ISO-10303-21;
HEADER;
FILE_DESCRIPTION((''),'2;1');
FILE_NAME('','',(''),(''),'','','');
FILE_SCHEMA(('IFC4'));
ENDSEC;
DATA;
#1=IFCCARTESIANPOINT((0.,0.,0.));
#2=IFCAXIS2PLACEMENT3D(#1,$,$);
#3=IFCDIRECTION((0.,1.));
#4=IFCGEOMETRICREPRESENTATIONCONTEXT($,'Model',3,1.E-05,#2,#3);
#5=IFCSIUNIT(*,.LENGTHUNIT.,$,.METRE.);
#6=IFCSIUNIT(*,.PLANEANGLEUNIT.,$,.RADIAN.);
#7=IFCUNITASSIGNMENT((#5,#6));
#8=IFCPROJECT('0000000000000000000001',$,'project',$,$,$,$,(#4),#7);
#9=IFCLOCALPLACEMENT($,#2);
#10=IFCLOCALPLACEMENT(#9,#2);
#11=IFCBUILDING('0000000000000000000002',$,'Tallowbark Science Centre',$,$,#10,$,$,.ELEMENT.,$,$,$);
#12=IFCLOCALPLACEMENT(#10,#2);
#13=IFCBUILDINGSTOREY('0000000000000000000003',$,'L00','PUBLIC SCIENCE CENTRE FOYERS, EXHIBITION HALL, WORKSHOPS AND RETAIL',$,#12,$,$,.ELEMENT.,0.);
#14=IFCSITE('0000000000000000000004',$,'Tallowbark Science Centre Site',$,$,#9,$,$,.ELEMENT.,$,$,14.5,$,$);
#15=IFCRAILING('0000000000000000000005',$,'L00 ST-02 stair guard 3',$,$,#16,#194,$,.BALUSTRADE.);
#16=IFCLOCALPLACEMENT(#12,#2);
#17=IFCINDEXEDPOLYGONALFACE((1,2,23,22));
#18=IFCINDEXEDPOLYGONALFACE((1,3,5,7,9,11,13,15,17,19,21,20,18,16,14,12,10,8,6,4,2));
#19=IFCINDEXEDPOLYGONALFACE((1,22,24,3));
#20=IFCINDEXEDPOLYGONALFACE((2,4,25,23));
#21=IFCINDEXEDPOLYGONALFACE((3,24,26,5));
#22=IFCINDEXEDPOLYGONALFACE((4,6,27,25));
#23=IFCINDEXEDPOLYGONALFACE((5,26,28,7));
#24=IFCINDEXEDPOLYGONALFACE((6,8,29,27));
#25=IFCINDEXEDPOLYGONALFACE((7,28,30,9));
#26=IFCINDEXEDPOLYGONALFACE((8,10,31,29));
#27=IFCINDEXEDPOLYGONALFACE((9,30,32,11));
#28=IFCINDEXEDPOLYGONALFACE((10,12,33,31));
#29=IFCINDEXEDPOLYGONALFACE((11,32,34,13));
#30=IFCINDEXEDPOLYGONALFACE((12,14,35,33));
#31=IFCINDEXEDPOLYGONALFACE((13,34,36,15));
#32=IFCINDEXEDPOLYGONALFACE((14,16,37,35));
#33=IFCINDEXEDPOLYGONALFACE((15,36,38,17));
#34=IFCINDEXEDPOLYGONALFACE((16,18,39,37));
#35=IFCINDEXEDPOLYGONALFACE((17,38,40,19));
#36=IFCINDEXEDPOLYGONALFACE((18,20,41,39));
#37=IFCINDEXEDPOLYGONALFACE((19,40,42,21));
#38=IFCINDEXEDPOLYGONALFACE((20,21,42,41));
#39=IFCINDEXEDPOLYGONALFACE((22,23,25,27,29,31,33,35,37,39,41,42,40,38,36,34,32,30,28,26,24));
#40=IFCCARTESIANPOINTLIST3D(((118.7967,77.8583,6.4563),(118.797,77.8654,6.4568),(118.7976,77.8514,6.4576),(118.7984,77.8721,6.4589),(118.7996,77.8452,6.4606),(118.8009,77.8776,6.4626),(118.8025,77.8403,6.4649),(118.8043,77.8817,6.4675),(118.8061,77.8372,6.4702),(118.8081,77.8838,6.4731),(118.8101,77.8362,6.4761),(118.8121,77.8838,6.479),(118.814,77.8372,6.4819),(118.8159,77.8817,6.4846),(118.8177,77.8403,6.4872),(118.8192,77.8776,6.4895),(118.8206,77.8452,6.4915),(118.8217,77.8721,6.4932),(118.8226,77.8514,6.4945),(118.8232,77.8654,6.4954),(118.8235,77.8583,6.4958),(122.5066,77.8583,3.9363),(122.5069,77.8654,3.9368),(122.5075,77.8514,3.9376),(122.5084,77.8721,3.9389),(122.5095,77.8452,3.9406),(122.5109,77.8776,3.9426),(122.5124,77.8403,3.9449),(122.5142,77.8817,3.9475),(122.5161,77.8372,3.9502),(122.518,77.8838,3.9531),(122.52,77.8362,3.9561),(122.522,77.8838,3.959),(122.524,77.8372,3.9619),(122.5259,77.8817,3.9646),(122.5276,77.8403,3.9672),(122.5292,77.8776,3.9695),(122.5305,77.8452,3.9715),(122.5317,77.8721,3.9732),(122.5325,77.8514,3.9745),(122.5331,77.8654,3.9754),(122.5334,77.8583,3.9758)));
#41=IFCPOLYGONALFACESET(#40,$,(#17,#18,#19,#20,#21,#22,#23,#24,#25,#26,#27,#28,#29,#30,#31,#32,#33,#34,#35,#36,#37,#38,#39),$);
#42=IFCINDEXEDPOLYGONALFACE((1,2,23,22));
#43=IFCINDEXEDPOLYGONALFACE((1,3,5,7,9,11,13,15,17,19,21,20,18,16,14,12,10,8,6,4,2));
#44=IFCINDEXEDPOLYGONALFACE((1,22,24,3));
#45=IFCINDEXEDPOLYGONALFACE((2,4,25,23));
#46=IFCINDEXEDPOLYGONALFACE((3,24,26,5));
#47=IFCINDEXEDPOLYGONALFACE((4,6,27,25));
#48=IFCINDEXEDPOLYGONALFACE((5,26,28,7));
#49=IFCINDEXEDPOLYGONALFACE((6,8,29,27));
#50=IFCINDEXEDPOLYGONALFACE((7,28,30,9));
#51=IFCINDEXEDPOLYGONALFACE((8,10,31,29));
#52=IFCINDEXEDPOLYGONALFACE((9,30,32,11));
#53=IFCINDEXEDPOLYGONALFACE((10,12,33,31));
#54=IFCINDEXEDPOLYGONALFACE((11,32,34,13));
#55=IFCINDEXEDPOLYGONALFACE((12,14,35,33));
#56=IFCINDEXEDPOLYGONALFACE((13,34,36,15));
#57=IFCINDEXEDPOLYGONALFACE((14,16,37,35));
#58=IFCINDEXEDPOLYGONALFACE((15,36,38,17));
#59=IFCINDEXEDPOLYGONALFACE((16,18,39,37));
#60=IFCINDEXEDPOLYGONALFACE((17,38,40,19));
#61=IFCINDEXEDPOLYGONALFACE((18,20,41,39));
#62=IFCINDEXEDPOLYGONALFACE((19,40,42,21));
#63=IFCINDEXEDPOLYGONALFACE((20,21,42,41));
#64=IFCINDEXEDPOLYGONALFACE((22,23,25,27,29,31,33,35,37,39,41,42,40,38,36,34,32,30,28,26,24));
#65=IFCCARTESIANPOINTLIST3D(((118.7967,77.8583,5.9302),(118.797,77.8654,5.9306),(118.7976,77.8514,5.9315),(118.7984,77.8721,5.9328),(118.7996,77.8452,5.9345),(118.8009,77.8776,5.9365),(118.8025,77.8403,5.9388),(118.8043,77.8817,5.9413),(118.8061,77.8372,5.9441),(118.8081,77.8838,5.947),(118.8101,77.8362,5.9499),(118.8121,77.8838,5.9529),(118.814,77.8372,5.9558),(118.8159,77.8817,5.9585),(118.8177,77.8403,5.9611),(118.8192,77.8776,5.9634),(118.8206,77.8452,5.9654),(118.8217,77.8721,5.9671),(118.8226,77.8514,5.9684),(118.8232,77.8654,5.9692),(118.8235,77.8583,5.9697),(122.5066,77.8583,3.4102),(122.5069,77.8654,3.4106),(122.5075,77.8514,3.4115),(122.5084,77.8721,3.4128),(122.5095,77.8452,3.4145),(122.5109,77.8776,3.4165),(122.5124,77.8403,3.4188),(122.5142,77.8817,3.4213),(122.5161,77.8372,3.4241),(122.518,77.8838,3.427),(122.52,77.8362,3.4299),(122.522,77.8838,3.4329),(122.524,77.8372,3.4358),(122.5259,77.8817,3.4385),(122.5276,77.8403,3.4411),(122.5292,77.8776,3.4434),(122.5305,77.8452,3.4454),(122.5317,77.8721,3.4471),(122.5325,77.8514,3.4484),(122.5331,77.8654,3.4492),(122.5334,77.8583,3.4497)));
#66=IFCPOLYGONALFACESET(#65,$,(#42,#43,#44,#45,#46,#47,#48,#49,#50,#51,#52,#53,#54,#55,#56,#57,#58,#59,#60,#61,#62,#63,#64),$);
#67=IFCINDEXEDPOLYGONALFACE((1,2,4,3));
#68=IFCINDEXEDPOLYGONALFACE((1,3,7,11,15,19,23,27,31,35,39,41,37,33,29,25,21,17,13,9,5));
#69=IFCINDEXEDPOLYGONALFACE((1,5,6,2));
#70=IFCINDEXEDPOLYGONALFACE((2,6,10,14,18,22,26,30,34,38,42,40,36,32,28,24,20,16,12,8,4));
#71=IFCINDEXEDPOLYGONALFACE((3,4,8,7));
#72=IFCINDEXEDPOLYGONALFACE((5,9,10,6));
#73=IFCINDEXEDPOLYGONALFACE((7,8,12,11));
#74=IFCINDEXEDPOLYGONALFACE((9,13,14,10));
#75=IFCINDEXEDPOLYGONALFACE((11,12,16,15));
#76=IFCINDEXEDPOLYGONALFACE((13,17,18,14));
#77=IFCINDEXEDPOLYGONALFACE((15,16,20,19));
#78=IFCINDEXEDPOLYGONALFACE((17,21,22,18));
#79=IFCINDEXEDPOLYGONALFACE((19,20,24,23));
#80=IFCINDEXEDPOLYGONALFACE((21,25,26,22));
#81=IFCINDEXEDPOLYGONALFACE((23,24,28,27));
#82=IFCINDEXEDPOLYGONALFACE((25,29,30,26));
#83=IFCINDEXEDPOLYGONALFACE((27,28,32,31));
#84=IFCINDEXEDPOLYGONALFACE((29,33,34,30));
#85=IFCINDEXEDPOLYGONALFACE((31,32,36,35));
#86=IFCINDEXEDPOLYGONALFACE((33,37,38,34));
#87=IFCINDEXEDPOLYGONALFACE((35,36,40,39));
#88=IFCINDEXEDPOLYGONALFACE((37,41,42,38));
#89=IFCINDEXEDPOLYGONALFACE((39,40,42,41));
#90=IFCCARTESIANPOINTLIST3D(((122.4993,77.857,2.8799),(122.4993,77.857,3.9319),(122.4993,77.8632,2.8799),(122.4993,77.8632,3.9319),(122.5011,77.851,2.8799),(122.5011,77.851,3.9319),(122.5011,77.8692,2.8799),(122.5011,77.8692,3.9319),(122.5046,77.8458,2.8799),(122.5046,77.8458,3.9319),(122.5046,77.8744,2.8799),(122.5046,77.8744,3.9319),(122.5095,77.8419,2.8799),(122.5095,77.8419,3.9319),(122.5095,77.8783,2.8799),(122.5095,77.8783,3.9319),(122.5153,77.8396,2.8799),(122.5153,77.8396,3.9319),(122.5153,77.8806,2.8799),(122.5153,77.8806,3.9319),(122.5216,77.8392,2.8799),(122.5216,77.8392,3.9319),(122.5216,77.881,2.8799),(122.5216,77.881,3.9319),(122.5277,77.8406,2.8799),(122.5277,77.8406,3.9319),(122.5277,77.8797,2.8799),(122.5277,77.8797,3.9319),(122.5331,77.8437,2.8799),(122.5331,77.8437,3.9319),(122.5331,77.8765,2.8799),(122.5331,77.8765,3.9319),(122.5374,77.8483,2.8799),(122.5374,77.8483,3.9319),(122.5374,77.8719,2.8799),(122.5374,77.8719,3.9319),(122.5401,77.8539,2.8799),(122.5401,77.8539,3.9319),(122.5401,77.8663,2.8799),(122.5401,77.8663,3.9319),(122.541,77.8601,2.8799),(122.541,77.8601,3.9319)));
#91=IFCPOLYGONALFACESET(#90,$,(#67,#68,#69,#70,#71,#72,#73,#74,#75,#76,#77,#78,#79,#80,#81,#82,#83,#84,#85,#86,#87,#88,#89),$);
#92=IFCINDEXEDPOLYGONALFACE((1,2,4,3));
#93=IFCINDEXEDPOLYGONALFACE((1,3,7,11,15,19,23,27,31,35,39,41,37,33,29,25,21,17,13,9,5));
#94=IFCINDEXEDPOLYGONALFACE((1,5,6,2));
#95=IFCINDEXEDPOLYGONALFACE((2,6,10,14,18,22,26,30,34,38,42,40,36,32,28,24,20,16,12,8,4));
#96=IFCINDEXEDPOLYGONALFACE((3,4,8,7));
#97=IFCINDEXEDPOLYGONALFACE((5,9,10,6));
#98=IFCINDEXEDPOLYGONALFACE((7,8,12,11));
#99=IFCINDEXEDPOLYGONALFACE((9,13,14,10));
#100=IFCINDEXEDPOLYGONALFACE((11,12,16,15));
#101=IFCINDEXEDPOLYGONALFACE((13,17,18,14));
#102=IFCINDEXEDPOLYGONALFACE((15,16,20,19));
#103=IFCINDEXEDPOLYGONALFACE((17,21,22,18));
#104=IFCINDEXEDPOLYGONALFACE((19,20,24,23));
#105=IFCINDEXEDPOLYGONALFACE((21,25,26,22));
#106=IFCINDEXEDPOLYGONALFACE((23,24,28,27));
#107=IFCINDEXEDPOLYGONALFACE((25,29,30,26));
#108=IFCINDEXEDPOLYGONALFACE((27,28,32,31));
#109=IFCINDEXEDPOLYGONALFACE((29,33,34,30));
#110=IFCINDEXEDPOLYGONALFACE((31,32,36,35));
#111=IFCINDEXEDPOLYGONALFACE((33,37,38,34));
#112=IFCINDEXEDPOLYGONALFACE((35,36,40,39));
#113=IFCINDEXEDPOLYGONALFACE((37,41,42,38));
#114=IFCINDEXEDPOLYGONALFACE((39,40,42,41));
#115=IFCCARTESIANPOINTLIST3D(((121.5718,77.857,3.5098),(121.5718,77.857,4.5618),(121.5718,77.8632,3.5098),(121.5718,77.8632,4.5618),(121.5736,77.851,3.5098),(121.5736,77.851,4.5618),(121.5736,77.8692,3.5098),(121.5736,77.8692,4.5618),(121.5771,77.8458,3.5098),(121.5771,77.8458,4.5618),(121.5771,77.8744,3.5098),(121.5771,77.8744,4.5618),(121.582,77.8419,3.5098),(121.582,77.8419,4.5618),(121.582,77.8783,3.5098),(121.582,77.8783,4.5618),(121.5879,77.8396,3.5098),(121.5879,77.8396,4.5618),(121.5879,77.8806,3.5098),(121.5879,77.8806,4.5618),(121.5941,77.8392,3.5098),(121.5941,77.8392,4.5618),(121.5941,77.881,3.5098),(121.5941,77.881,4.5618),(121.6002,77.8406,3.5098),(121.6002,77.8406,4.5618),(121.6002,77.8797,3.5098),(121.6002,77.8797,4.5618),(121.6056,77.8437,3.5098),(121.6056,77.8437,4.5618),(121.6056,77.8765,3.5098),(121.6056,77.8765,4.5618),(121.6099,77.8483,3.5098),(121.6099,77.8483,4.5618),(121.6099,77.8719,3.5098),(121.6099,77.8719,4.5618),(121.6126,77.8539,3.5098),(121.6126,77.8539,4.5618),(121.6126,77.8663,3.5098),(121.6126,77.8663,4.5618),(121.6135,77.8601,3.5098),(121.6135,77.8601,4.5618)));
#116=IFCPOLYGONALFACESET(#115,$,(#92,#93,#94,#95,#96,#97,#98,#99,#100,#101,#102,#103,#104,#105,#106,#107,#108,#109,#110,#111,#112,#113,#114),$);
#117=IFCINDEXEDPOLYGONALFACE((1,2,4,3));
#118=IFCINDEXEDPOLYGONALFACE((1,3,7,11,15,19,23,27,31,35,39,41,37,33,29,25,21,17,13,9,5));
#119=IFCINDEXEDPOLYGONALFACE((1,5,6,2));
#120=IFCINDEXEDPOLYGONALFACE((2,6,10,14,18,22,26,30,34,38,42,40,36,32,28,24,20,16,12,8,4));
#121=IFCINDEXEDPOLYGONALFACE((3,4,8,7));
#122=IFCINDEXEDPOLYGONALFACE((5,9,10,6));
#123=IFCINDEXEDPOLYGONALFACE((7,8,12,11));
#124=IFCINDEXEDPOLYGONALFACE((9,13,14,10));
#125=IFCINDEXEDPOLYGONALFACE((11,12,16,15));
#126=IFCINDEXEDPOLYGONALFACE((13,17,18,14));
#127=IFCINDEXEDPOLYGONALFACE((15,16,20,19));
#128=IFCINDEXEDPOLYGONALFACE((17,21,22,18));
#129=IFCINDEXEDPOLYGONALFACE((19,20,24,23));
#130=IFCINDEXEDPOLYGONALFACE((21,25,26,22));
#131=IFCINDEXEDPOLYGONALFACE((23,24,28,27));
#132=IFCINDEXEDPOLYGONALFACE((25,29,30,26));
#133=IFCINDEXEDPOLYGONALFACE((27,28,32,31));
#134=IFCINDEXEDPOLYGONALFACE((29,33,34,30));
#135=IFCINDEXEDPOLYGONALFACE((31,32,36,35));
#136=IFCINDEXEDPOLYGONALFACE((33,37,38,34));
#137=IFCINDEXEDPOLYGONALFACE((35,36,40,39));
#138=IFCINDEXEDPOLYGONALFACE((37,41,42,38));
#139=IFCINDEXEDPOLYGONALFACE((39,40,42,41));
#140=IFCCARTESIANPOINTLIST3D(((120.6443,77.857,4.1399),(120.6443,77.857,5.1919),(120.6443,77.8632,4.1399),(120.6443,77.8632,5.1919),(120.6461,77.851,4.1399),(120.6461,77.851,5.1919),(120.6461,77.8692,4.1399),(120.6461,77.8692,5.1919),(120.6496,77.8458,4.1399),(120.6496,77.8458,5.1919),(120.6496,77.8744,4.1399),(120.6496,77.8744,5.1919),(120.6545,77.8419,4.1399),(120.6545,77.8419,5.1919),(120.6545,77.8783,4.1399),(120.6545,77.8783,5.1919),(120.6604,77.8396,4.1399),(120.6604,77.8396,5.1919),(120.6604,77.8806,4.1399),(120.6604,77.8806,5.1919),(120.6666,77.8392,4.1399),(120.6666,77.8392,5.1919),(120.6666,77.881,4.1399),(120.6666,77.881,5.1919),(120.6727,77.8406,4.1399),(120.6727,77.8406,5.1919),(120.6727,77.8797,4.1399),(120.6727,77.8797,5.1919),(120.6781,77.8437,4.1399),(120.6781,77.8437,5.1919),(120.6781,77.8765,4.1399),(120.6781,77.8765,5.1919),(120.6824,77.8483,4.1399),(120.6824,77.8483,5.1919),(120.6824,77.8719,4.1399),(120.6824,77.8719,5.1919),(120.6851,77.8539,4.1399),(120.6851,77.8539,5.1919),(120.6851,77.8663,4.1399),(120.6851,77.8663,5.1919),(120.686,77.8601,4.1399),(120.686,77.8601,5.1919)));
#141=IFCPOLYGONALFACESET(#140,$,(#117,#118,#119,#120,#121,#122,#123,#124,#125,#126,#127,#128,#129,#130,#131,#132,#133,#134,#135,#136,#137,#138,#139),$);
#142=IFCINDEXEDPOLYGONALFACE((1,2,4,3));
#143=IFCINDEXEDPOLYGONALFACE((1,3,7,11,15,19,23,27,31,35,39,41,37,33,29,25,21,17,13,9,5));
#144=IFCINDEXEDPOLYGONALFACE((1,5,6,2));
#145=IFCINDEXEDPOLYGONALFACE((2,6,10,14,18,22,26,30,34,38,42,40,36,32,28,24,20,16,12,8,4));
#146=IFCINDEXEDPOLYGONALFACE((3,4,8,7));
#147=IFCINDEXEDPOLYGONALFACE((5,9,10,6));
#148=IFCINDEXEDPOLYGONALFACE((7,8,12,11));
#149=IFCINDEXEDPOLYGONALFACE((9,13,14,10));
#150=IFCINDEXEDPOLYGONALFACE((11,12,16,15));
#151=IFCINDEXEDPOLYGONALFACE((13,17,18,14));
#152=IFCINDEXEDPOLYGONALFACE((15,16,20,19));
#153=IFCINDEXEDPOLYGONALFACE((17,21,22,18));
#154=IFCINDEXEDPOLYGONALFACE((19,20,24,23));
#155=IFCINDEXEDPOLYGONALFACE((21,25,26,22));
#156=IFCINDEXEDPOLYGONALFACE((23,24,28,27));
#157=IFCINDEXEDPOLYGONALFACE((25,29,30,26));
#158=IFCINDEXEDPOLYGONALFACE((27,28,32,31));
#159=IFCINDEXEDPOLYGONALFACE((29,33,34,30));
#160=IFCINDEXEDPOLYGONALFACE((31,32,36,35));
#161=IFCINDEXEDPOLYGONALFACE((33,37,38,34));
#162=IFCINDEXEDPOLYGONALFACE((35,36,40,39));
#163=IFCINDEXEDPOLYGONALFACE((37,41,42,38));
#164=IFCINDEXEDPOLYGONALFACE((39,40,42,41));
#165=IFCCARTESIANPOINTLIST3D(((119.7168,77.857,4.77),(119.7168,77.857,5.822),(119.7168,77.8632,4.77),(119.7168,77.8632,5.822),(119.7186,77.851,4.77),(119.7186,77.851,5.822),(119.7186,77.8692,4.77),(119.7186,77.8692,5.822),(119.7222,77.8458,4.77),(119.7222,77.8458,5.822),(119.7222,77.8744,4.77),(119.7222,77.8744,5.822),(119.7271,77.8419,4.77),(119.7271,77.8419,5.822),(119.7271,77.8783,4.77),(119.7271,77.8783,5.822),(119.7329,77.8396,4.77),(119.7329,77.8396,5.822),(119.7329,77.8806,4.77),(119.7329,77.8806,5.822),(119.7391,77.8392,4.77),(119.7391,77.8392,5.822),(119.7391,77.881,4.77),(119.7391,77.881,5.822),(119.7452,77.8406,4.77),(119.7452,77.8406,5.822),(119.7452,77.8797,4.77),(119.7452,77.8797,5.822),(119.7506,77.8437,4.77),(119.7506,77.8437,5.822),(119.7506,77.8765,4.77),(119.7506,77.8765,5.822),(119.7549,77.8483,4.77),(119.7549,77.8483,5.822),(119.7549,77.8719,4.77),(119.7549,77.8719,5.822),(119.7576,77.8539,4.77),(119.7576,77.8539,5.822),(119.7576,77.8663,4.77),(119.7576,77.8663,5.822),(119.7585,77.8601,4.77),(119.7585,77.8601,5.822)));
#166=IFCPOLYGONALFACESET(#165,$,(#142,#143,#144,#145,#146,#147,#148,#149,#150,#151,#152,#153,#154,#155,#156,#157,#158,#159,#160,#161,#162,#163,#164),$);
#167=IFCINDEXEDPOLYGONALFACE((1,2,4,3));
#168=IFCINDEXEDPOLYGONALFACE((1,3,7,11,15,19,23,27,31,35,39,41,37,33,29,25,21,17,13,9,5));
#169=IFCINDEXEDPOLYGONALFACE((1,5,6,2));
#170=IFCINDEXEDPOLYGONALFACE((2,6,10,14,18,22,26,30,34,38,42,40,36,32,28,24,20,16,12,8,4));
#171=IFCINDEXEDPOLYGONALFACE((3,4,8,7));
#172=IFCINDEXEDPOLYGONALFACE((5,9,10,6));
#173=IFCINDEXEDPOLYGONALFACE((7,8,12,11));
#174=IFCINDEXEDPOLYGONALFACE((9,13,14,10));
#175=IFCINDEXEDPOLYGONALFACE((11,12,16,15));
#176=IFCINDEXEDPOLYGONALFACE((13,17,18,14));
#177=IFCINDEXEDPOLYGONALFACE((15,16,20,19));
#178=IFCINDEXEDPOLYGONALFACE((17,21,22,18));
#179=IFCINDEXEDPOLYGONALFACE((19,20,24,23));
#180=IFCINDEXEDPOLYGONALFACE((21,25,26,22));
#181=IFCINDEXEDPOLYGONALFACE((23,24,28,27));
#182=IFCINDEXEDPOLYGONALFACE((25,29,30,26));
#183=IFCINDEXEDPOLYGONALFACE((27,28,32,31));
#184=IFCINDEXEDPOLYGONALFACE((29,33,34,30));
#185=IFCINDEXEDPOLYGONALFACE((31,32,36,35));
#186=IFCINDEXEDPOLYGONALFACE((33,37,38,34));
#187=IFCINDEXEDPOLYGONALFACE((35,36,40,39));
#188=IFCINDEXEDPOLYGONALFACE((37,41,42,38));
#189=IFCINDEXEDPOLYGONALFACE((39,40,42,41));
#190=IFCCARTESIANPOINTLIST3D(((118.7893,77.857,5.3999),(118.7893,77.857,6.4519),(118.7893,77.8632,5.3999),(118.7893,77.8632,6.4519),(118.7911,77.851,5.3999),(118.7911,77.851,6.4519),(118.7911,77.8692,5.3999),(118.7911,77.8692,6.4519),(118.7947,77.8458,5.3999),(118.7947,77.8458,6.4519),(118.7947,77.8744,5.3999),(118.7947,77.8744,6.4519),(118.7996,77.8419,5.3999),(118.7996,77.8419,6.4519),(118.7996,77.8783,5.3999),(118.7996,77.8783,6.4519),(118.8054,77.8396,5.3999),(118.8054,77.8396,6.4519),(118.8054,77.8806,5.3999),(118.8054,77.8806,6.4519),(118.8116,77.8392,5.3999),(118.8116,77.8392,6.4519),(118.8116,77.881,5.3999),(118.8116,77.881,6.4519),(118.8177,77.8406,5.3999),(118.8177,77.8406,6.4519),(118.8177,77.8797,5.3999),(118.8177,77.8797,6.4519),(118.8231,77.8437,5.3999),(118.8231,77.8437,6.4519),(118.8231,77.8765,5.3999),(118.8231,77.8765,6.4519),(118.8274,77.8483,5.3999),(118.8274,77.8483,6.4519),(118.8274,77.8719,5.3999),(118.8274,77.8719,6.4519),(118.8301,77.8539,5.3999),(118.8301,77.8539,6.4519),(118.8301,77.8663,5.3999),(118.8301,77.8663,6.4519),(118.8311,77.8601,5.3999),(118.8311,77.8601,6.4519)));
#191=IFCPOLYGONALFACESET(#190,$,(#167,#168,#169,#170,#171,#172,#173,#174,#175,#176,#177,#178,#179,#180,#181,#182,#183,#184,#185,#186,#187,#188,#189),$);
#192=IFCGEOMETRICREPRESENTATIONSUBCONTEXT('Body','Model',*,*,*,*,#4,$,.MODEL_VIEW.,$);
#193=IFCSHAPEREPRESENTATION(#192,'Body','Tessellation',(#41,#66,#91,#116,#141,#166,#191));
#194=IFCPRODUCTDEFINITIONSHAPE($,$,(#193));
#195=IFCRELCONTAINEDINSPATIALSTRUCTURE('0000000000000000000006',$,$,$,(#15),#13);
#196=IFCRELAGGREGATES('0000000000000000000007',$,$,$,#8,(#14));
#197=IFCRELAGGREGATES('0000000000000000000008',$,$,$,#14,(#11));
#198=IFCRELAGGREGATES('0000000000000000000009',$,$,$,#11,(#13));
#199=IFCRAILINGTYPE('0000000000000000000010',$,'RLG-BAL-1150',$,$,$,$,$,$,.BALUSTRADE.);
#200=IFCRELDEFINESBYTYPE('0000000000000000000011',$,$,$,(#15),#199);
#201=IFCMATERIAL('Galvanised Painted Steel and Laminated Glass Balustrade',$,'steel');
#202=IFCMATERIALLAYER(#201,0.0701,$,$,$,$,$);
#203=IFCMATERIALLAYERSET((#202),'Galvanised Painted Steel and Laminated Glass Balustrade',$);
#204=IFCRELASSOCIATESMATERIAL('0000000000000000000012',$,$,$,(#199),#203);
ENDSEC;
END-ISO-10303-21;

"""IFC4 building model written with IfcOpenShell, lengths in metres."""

from ifc_helpers import new_model, si_unit, direction, frame, origin, origin_2d, place, context, subcontext, project, spatial, circle, extrude, material, layer, layer_set, type_object, element, save


model = new_model("IFC4")

# Units and contexts
model_context = context("Model", 3, precision=1e-05, world=origin(), true_north=direction((0.0, 1.0)))
body_context = subcontext(model_context, "Body", "Model", "MODEL_VIEW")
ifc_project = project(units=[si_unit("LENGTHUNIT", "METRE"), si_unit("PLANEANGLEUNIT", "RADIAN")], contexts=[model_context])

# Site, building, storey
site_placement = place(None, origin())
site = spatial("IfcSite", under=ifc_project, at=site_placement, Name="Tallowbark Science Centre Site", CompositionType="ELEMENT", RefElevation=14.5)
building_placement = place(site_placement, origin())
building = spatial("IfcBuilding", under=site, at=building_placement, Name="Tallowbark Science Centre", CompositionType="ELEMENT")
storey_placement = place(building_placement, origin())
storey = spatial("IfcBuildingStorey", under=building, at=storey_placement, Name="L00", Description="PUBLIC SCIENCE CENTRE FOYERS, EXHIBITION HALL, WORKSHOPS AND RETAIL", CompositionType="ELEMENT", Elevation=0.0)

# Railing
ifc_material_1 = material(Name="Galvanised Painted Steel and Laminated Glass Balustrade", Category="steel")
ifc_layer_1 = layer(ifc_material_1, 0.0701)
ifc_layer_set_1 = layer_set([ifc_layer_1], Name="Galvanised Painted Steel and Laminated Glass Balustrade")
railing_type_1 = type_object("IfcRailingType", Name="RLG-BAL-1150", PredefinedType="BALUSTRADE", material=ifc_layer_set_1)
railing_1_placement = place(storey_placement, frame((122.52, 77.8601, 2.8799)))
element("IfcRailing", 1, at=railing_1_placement, inside=storey, type_object=railing_type_1, Name="L00 ST-02 stair guard 3", PredefinedType="BALUSTRADE", context=body_context, shape_type="SweptSolid", body=[
    extrude(circle(Radius=0.0239, at=origin_2d()), frame((0.0, 0.0, 1.0762), z_axis=(-0.827212, 0.0, 0.56189), x_axis=(0.0, -1.0, 0.0)), (0.0, 0.0, 1.0), 4.4849),
    extrude(circle(Radius=0.0239, at=origin_2d()), frame((0.0, 0.0, 0.55), z_axis=(-0.827212, 0.0, 0.56189), x_axis=(0.0, -1.0, 0.0)), (0.0, 0.0, 1.0), 4.4849),
    extrude(circle(Radius=0.021, at=origin_2d()), origin(), (0.0, 0.0, 1.0), 1.052),
    extrude(circle(Radius=0.021, at=origin_2d()), frame((-0.9275, 0.0, 0.6299)), (0.0, 0.0, 1.0), 1.052),
    extrude(circle(Radius=0.021, at=origin_2d()), frame((-1.855, 0.0, 1.26)), (0.0, 0.0, 1.0), 1.052),
    extrude(circle(Radius=0.021, at=origin_2d()), frame((-2.7825, 0.0, 1.8901)), (0.0, 0.0, 1.0), 1.052),
    extrude(circle(Radius=0.021, at=origin_2d()), frame((-3.71, 0.0, 2.52)), (0.0, 0.0, 1.0), 1.052),
])

save(model, "model.ifc")
